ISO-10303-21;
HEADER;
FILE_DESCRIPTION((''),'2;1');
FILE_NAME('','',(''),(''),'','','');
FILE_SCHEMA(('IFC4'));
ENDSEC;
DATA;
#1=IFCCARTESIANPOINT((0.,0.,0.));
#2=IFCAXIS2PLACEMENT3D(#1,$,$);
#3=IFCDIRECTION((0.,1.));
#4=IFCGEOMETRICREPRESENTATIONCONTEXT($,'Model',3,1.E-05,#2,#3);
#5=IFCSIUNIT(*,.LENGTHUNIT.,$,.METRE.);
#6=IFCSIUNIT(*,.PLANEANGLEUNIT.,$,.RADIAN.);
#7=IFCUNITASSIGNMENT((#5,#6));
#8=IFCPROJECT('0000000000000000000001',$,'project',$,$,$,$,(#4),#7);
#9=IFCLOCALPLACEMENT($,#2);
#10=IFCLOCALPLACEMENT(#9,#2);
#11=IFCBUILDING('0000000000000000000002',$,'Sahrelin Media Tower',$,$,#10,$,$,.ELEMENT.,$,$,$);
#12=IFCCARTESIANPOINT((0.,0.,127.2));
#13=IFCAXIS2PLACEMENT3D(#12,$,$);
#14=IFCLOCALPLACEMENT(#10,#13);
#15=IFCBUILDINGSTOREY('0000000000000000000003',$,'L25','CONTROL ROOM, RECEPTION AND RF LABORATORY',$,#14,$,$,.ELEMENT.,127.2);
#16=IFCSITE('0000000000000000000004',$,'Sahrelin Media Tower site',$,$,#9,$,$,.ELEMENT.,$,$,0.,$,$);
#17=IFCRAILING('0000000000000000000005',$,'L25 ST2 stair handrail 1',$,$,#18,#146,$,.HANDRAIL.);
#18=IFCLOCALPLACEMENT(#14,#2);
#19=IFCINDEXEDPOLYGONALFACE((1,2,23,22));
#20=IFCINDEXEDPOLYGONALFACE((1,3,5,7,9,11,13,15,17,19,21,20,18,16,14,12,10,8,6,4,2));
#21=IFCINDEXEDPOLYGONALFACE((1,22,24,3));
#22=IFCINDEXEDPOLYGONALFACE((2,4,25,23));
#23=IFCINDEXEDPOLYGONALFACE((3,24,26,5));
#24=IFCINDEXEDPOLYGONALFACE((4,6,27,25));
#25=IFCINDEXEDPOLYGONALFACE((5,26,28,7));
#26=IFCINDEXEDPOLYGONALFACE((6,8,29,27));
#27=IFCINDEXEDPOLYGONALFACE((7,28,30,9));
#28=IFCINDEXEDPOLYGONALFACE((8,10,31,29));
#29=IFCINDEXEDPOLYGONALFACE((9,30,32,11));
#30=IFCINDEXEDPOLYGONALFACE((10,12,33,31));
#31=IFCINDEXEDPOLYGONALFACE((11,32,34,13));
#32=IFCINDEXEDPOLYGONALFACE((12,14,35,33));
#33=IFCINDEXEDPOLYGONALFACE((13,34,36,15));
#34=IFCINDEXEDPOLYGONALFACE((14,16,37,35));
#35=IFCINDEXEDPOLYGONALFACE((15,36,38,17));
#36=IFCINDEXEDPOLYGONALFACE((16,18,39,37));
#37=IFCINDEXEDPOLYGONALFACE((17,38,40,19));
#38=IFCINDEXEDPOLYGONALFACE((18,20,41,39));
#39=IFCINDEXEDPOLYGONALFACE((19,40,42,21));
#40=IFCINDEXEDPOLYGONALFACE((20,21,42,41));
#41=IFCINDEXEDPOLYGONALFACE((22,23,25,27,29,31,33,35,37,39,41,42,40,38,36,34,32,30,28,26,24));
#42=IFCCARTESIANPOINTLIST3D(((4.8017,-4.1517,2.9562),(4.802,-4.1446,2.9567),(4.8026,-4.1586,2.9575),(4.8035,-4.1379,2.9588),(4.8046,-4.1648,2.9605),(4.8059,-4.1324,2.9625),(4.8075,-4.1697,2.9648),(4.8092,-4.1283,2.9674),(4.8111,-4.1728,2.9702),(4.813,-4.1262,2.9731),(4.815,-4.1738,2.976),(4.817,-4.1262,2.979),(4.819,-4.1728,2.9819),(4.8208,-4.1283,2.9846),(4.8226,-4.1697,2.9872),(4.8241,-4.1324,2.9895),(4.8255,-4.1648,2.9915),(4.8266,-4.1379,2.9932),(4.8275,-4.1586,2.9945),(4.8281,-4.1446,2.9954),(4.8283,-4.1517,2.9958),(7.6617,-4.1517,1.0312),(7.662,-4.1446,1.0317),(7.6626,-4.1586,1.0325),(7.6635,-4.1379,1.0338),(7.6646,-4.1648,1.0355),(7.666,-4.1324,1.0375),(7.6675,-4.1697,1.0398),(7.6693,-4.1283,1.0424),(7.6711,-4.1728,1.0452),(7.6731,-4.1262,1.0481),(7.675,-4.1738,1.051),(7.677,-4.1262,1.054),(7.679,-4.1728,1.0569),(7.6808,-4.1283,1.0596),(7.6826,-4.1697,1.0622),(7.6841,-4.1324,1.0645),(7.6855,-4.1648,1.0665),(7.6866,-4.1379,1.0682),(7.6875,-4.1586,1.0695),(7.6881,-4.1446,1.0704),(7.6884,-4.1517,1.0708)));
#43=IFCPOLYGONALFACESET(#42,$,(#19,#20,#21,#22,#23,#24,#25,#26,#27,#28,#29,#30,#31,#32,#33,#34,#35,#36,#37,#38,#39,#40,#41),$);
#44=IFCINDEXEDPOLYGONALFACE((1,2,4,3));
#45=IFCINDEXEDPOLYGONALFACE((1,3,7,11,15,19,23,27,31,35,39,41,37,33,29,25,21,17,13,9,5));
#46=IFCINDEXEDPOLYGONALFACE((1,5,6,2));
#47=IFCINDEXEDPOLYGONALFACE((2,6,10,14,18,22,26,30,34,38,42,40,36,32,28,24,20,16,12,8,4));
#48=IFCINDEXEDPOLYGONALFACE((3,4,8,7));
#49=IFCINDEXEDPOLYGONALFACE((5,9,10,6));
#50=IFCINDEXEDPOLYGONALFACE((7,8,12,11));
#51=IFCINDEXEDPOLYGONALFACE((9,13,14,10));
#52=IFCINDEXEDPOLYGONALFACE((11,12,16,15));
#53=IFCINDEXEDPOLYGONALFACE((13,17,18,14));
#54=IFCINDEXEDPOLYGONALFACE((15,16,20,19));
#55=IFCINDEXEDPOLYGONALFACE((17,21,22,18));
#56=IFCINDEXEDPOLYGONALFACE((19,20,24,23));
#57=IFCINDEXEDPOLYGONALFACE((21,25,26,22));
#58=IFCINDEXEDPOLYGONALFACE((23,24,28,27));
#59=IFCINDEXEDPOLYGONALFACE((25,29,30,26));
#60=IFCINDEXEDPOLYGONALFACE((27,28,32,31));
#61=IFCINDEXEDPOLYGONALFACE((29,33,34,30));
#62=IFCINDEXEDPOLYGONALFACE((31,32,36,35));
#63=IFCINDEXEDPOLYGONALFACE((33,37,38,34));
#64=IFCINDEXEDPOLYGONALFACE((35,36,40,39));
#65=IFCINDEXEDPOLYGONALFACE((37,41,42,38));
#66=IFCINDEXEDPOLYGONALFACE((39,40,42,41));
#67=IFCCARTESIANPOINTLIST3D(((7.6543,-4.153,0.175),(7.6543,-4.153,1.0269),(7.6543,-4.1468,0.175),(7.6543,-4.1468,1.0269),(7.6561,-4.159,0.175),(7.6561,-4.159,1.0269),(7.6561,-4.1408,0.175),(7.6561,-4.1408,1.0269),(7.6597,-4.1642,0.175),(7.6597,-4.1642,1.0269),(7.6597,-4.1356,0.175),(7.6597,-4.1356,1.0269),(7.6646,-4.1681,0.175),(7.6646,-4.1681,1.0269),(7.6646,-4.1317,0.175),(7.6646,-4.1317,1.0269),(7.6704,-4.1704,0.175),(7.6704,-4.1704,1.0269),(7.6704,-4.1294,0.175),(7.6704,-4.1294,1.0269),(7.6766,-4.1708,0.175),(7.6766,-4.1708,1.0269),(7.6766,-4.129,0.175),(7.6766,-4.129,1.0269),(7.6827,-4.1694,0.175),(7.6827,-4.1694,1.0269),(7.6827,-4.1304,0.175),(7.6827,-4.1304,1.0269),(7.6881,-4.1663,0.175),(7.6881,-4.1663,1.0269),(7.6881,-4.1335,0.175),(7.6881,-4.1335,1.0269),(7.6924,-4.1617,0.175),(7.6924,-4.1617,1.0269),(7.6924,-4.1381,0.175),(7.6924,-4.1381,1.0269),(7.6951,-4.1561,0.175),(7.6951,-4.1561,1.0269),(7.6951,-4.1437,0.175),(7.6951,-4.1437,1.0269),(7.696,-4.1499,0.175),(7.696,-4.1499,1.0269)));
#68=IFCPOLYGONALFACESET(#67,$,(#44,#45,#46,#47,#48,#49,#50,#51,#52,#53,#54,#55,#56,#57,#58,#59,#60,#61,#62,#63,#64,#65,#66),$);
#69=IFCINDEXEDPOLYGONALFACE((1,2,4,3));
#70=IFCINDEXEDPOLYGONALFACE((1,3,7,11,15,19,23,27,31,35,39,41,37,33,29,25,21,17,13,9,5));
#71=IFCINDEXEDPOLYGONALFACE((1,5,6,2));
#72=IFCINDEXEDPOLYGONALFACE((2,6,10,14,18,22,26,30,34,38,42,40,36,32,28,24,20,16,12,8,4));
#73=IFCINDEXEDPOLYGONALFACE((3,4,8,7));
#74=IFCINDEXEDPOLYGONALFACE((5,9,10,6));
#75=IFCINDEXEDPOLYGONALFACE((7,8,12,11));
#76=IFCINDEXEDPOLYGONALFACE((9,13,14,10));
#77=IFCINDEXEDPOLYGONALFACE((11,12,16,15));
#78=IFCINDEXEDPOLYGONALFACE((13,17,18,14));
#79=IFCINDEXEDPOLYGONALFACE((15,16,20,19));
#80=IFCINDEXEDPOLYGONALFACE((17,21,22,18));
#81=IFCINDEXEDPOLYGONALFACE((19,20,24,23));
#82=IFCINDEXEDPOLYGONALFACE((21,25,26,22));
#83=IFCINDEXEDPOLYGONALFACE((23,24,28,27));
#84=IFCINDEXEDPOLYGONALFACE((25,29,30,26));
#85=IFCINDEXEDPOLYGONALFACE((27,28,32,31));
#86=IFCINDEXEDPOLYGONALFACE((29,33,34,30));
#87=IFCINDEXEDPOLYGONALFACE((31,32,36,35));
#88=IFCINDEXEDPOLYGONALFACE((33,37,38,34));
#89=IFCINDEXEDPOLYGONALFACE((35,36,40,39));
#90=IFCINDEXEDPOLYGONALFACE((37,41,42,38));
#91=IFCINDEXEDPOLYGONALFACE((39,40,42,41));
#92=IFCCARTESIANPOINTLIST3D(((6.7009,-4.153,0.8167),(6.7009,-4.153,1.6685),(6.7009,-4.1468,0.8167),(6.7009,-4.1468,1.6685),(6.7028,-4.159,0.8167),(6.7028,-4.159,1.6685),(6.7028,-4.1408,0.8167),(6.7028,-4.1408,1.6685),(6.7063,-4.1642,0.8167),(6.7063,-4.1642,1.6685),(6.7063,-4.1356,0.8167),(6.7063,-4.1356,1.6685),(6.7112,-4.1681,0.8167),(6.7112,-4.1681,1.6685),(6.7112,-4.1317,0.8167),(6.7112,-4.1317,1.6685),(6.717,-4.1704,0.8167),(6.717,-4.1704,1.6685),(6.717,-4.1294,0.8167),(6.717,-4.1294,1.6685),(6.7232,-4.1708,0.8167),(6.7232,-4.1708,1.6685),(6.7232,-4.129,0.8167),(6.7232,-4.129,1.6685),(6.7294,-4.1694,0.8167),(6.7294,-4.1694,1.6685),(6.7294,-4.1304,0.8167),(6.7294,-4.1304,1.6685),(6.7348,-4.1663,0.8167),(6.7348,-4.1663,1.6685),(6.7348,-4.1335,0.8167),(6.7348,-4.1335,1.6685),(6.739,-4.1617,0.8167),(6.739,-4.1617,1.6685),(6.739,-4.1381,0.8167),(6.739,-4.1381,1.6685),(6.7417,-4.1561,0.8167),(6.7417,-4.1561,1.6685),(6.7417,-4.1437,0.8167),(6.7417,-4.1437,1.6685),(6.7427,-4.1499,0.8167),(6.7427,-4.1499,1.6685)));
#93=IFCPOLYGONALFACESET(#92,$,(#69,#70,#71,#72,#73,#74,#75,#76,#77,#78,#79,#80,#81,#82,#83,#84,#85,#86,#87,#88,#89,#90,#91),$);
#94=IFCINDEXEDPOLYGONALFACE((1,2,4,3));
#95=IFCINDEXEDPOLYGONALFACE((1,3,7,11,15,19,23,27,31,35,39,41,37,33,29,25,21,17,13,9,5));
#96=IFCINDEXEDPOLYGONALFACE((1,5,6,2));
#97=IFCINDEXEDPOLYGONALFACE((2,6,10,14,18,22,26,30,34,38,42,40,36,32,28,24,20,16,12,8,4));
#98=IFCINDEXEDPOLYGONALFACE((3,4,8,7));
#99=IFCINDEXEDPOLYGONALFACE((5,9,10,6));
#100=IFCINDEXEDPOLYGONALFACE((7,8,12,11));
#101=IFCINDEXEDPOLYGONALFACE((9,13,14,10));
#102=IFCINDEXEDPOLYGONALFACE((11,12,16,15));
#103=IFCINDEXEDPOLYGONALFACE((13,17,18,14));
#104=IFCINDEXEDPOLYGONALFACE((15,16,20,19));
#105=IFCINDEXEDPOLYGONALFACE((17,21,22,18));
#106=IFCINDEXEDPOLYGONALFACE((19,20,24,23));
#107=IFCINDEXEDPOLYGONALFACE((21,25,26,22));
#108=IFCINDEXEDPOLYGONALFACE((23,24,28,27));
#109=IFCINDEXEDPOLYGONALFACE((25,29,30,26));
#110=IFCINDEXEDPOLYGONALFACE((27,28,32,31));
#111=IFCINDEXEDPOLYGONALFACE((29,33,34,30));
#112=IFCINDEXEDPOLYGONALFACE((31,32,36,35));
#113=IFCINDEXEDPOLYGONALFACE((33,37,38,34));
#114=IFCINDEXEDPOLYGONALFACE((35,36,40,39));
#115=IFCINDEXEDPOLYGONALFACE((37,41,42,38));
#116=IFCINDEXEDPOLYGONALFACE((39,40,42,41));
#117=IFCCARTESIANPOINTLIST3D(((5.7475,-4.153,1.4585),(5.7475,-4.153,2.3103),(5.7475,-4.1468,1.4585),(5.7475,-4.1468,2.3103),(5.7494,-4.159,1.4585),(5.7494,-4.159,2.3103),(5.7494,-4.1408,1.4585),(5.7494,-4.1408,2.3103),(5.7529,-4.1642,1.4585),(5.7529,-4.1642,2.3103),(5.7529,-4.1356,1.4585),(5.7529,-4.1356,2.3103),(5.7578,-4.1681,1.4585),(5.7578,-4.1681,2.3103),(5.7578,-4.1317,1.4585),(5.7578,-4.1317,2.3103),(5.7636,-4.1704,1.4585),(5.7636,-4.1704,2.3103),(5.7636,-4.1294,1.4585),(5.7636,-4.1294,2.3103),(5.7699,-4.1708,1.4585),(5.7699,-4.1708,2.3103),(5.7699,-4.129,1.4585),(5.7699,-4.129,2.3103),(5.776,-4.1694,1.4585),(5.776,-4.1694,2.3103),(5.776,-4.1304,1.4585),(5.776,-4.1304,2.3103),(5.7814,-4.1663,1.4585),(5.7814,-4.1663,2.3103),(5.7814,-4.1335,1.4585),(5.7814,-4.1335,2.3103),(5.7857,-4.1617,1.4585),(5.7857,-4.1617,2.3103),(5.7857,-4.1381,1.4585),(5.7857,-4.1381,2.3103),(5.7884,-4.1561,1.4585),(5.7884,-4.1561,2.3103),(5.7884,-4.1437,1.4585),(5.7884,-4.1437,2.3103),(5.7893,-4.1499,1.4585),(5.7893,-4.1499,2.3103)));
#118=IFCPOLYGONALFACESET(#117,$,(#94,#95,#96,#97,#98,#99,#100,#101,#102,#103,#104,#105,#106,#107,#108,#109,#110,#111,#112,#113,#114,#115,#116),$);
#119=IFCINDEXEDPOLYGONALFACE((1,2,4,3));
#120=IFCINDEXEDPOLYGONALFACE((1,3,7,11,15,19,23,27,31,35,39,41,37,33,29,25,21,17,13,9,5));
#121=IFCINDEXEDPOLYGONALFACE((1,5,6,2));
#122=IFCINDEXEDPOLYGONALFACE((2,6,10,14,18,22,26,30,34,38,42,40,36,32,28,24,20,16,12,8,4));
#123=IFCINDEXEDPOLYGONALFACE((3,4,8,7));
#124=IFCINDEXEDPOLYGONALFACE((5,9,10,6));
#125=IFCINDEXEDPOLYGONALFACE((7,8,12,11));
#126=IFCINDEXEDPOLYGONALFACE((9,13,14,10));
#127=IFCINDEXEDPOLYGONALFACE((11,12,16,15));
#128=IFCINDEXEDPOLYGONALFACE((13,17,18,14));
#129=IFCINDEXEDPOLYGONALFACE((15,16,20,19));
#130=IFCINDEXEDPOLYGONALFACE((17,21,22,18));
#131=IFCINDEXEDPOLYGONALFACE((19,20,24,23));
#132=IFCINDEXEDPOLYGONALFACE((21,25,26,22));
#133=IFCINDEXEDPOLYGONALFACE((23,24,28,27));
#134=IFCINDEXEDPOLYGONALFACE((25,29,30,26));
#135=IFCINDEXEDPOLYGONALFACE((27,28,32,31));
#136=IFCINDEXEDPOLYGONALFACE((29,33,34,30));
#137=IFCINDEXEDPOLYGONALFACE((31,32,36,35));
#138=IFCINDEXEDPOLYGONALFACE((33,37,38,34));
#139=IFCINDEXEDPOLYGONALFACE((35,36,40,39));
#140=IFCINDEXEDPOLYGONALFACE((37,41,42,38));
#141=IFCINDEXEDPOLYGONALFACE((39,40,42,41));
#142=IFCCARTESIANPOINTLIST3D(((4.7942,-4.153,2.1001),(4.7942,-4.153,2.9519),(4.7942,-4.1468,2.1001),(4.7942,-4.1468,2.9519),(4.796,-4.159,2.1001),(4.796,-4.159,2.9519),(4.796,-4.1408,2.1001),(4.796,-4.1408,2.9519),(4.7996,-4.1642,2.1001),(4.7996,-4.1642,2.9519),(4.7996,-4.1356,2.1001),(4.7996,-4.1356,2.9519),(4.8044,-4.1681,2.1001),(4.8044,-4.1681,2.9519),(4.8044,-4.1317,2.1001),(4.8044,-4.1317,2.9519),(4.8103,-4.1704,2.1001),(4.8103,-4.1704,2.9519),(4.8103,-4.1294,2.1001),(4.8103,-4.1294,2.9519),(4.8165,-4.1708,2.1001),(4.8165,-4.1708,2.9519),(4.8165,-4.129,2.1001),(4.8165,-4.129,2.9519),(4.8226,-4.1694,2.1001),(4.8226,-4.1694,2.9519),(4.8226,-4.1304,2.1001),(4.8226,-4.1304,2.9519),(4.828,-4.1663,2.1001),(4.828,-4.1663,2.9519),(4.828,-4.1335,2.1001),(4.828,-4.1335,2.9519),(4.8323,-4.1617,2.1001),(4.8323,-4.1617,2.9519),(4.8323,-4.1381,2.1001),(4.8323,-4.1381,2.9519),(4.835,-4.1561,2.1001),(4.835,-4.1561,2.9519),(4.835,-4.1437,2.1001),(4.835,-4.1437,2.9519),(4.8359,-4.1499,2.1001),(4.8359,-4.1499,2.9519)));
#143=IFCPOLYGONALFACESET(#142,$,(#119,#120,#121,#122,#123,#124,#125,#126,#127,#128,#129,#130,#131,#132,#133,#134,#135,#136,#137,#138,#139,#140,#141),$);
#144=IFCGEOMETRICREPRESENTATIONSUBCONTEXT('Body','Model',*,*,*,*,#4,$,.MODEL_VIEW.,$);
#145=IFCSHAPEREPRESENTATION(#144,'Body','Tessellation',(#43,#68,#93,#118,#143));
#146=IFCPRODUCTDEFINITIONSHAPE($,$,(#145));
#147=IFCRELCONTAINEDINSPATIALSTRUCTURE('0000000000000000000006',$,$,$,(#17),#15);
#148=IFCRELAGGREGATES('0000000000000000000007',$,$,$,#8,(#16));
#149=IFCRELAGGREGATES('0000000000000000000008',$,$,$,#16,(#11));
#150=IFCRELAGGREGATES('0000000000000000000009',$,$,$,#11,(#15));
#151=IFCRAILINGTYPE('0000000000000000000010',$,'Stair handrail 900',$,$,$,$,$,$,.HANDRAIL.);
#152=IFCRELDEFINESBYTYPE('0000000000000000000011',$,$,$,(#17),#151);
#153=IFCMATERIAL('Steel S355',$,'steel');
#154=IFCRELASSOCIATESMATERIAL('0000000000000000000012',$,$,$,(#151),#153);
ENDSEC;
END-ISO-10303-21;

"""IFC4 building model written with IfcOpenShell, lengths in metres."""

from ifc_helpers import new_model, si_unit, direction, frame, origin, origin_2d, place, context, subcontext, project, spatial, circle, extrude, material, type_object, element, save


model = new_model("IFC4")

# Units and contexts
model_context = context("Model", 3, precision=1e-05, world=origin(), true_north=direction((0.0, 1.0)))
body_context = subcontext(model_context, "Body", "Model", "MODEL_VIEW")
ifc_project = project(units=[si_unit("LENGTHUNIT", "METRE"), si_unit("PLANEANGLEUNIT", "RADIAN")], contexts=[model_context])

# Site, building, storey
site_placement = place(None, origin())
site = spatial("IfcSite", under=ifc_project, at=site_placement, Name="Sahrelin Media Tower site", CompositionType="ELEMENT", RefElevation=0.0)
building_placement = place(site_placement, origin())
building = spatial("IfcBuilding", under=site, at=building_placement, Name="Sahrelin Media Tower", CompositionType="ELEMENT")
storey_placement = place(building_placement, frame((0.0, 0.0, 127.2)))
storey = spatial("IfcBuildingStorey", under=building, at=storey_placement, Name="L25", Description="CONTROL ROOM, RECEPTION AND RF LABORATORY", CompositionType="ELEMENT", Elevation=127.2)

# Shared definitions
ifc_material_1 = material(Name="Steel S355", Category="steel")

# Railing
railing_type_1 = type_object("IfcRailingType", Name="Stair handrail 900", PredefinedType="HANDRAIL", material=ifc_material_1)
railing_1_placement = place(storey_placement, frame((7.675, -4.1499, 0.175)))
element("IfcRailing", 1, at=railing_1_placement, inside=storey, type_object=railing_type_1, Name="L25 ST2 stair handrail 1", PredefinedType="HANDRAIL", context=body_context, shape_type="SweptSolid", body=[
    extrude(circle(Radius=0.0239, at=origin_2d()), frame((0.0, 0.0, 0.876), z_axis=(-0.829591, 0.0, 0.558372), x_axis=(0.0, -1.0, 0.0)), (0.0, 0.0, 1.0), 3.4475),
    extrude(circle(Radius=0.021, at=origin_2d()), origin(), (0.0, 0.0, 1.0), 0.8518),
    extrude(circle(Radius=0.021, at=origin_2d()), frame((-0.9534, 0.0, 0.6416)), (0.0, 0.0, 1.0), 0.8518),
    extrude(circle(Radius=0.021, at=origin_2d()), frame((-1.9067, 0.0, 1.2834)), (0.0, 0.0, 1.0), 0.8518),
    extrude(circle(Radius=0.021, at=origin_2d()), frame((-2.8601, 0.0, 1.925)), (0.0, 0.0, 1.0), 0.8518),
])

save(model, "model.ifc")
